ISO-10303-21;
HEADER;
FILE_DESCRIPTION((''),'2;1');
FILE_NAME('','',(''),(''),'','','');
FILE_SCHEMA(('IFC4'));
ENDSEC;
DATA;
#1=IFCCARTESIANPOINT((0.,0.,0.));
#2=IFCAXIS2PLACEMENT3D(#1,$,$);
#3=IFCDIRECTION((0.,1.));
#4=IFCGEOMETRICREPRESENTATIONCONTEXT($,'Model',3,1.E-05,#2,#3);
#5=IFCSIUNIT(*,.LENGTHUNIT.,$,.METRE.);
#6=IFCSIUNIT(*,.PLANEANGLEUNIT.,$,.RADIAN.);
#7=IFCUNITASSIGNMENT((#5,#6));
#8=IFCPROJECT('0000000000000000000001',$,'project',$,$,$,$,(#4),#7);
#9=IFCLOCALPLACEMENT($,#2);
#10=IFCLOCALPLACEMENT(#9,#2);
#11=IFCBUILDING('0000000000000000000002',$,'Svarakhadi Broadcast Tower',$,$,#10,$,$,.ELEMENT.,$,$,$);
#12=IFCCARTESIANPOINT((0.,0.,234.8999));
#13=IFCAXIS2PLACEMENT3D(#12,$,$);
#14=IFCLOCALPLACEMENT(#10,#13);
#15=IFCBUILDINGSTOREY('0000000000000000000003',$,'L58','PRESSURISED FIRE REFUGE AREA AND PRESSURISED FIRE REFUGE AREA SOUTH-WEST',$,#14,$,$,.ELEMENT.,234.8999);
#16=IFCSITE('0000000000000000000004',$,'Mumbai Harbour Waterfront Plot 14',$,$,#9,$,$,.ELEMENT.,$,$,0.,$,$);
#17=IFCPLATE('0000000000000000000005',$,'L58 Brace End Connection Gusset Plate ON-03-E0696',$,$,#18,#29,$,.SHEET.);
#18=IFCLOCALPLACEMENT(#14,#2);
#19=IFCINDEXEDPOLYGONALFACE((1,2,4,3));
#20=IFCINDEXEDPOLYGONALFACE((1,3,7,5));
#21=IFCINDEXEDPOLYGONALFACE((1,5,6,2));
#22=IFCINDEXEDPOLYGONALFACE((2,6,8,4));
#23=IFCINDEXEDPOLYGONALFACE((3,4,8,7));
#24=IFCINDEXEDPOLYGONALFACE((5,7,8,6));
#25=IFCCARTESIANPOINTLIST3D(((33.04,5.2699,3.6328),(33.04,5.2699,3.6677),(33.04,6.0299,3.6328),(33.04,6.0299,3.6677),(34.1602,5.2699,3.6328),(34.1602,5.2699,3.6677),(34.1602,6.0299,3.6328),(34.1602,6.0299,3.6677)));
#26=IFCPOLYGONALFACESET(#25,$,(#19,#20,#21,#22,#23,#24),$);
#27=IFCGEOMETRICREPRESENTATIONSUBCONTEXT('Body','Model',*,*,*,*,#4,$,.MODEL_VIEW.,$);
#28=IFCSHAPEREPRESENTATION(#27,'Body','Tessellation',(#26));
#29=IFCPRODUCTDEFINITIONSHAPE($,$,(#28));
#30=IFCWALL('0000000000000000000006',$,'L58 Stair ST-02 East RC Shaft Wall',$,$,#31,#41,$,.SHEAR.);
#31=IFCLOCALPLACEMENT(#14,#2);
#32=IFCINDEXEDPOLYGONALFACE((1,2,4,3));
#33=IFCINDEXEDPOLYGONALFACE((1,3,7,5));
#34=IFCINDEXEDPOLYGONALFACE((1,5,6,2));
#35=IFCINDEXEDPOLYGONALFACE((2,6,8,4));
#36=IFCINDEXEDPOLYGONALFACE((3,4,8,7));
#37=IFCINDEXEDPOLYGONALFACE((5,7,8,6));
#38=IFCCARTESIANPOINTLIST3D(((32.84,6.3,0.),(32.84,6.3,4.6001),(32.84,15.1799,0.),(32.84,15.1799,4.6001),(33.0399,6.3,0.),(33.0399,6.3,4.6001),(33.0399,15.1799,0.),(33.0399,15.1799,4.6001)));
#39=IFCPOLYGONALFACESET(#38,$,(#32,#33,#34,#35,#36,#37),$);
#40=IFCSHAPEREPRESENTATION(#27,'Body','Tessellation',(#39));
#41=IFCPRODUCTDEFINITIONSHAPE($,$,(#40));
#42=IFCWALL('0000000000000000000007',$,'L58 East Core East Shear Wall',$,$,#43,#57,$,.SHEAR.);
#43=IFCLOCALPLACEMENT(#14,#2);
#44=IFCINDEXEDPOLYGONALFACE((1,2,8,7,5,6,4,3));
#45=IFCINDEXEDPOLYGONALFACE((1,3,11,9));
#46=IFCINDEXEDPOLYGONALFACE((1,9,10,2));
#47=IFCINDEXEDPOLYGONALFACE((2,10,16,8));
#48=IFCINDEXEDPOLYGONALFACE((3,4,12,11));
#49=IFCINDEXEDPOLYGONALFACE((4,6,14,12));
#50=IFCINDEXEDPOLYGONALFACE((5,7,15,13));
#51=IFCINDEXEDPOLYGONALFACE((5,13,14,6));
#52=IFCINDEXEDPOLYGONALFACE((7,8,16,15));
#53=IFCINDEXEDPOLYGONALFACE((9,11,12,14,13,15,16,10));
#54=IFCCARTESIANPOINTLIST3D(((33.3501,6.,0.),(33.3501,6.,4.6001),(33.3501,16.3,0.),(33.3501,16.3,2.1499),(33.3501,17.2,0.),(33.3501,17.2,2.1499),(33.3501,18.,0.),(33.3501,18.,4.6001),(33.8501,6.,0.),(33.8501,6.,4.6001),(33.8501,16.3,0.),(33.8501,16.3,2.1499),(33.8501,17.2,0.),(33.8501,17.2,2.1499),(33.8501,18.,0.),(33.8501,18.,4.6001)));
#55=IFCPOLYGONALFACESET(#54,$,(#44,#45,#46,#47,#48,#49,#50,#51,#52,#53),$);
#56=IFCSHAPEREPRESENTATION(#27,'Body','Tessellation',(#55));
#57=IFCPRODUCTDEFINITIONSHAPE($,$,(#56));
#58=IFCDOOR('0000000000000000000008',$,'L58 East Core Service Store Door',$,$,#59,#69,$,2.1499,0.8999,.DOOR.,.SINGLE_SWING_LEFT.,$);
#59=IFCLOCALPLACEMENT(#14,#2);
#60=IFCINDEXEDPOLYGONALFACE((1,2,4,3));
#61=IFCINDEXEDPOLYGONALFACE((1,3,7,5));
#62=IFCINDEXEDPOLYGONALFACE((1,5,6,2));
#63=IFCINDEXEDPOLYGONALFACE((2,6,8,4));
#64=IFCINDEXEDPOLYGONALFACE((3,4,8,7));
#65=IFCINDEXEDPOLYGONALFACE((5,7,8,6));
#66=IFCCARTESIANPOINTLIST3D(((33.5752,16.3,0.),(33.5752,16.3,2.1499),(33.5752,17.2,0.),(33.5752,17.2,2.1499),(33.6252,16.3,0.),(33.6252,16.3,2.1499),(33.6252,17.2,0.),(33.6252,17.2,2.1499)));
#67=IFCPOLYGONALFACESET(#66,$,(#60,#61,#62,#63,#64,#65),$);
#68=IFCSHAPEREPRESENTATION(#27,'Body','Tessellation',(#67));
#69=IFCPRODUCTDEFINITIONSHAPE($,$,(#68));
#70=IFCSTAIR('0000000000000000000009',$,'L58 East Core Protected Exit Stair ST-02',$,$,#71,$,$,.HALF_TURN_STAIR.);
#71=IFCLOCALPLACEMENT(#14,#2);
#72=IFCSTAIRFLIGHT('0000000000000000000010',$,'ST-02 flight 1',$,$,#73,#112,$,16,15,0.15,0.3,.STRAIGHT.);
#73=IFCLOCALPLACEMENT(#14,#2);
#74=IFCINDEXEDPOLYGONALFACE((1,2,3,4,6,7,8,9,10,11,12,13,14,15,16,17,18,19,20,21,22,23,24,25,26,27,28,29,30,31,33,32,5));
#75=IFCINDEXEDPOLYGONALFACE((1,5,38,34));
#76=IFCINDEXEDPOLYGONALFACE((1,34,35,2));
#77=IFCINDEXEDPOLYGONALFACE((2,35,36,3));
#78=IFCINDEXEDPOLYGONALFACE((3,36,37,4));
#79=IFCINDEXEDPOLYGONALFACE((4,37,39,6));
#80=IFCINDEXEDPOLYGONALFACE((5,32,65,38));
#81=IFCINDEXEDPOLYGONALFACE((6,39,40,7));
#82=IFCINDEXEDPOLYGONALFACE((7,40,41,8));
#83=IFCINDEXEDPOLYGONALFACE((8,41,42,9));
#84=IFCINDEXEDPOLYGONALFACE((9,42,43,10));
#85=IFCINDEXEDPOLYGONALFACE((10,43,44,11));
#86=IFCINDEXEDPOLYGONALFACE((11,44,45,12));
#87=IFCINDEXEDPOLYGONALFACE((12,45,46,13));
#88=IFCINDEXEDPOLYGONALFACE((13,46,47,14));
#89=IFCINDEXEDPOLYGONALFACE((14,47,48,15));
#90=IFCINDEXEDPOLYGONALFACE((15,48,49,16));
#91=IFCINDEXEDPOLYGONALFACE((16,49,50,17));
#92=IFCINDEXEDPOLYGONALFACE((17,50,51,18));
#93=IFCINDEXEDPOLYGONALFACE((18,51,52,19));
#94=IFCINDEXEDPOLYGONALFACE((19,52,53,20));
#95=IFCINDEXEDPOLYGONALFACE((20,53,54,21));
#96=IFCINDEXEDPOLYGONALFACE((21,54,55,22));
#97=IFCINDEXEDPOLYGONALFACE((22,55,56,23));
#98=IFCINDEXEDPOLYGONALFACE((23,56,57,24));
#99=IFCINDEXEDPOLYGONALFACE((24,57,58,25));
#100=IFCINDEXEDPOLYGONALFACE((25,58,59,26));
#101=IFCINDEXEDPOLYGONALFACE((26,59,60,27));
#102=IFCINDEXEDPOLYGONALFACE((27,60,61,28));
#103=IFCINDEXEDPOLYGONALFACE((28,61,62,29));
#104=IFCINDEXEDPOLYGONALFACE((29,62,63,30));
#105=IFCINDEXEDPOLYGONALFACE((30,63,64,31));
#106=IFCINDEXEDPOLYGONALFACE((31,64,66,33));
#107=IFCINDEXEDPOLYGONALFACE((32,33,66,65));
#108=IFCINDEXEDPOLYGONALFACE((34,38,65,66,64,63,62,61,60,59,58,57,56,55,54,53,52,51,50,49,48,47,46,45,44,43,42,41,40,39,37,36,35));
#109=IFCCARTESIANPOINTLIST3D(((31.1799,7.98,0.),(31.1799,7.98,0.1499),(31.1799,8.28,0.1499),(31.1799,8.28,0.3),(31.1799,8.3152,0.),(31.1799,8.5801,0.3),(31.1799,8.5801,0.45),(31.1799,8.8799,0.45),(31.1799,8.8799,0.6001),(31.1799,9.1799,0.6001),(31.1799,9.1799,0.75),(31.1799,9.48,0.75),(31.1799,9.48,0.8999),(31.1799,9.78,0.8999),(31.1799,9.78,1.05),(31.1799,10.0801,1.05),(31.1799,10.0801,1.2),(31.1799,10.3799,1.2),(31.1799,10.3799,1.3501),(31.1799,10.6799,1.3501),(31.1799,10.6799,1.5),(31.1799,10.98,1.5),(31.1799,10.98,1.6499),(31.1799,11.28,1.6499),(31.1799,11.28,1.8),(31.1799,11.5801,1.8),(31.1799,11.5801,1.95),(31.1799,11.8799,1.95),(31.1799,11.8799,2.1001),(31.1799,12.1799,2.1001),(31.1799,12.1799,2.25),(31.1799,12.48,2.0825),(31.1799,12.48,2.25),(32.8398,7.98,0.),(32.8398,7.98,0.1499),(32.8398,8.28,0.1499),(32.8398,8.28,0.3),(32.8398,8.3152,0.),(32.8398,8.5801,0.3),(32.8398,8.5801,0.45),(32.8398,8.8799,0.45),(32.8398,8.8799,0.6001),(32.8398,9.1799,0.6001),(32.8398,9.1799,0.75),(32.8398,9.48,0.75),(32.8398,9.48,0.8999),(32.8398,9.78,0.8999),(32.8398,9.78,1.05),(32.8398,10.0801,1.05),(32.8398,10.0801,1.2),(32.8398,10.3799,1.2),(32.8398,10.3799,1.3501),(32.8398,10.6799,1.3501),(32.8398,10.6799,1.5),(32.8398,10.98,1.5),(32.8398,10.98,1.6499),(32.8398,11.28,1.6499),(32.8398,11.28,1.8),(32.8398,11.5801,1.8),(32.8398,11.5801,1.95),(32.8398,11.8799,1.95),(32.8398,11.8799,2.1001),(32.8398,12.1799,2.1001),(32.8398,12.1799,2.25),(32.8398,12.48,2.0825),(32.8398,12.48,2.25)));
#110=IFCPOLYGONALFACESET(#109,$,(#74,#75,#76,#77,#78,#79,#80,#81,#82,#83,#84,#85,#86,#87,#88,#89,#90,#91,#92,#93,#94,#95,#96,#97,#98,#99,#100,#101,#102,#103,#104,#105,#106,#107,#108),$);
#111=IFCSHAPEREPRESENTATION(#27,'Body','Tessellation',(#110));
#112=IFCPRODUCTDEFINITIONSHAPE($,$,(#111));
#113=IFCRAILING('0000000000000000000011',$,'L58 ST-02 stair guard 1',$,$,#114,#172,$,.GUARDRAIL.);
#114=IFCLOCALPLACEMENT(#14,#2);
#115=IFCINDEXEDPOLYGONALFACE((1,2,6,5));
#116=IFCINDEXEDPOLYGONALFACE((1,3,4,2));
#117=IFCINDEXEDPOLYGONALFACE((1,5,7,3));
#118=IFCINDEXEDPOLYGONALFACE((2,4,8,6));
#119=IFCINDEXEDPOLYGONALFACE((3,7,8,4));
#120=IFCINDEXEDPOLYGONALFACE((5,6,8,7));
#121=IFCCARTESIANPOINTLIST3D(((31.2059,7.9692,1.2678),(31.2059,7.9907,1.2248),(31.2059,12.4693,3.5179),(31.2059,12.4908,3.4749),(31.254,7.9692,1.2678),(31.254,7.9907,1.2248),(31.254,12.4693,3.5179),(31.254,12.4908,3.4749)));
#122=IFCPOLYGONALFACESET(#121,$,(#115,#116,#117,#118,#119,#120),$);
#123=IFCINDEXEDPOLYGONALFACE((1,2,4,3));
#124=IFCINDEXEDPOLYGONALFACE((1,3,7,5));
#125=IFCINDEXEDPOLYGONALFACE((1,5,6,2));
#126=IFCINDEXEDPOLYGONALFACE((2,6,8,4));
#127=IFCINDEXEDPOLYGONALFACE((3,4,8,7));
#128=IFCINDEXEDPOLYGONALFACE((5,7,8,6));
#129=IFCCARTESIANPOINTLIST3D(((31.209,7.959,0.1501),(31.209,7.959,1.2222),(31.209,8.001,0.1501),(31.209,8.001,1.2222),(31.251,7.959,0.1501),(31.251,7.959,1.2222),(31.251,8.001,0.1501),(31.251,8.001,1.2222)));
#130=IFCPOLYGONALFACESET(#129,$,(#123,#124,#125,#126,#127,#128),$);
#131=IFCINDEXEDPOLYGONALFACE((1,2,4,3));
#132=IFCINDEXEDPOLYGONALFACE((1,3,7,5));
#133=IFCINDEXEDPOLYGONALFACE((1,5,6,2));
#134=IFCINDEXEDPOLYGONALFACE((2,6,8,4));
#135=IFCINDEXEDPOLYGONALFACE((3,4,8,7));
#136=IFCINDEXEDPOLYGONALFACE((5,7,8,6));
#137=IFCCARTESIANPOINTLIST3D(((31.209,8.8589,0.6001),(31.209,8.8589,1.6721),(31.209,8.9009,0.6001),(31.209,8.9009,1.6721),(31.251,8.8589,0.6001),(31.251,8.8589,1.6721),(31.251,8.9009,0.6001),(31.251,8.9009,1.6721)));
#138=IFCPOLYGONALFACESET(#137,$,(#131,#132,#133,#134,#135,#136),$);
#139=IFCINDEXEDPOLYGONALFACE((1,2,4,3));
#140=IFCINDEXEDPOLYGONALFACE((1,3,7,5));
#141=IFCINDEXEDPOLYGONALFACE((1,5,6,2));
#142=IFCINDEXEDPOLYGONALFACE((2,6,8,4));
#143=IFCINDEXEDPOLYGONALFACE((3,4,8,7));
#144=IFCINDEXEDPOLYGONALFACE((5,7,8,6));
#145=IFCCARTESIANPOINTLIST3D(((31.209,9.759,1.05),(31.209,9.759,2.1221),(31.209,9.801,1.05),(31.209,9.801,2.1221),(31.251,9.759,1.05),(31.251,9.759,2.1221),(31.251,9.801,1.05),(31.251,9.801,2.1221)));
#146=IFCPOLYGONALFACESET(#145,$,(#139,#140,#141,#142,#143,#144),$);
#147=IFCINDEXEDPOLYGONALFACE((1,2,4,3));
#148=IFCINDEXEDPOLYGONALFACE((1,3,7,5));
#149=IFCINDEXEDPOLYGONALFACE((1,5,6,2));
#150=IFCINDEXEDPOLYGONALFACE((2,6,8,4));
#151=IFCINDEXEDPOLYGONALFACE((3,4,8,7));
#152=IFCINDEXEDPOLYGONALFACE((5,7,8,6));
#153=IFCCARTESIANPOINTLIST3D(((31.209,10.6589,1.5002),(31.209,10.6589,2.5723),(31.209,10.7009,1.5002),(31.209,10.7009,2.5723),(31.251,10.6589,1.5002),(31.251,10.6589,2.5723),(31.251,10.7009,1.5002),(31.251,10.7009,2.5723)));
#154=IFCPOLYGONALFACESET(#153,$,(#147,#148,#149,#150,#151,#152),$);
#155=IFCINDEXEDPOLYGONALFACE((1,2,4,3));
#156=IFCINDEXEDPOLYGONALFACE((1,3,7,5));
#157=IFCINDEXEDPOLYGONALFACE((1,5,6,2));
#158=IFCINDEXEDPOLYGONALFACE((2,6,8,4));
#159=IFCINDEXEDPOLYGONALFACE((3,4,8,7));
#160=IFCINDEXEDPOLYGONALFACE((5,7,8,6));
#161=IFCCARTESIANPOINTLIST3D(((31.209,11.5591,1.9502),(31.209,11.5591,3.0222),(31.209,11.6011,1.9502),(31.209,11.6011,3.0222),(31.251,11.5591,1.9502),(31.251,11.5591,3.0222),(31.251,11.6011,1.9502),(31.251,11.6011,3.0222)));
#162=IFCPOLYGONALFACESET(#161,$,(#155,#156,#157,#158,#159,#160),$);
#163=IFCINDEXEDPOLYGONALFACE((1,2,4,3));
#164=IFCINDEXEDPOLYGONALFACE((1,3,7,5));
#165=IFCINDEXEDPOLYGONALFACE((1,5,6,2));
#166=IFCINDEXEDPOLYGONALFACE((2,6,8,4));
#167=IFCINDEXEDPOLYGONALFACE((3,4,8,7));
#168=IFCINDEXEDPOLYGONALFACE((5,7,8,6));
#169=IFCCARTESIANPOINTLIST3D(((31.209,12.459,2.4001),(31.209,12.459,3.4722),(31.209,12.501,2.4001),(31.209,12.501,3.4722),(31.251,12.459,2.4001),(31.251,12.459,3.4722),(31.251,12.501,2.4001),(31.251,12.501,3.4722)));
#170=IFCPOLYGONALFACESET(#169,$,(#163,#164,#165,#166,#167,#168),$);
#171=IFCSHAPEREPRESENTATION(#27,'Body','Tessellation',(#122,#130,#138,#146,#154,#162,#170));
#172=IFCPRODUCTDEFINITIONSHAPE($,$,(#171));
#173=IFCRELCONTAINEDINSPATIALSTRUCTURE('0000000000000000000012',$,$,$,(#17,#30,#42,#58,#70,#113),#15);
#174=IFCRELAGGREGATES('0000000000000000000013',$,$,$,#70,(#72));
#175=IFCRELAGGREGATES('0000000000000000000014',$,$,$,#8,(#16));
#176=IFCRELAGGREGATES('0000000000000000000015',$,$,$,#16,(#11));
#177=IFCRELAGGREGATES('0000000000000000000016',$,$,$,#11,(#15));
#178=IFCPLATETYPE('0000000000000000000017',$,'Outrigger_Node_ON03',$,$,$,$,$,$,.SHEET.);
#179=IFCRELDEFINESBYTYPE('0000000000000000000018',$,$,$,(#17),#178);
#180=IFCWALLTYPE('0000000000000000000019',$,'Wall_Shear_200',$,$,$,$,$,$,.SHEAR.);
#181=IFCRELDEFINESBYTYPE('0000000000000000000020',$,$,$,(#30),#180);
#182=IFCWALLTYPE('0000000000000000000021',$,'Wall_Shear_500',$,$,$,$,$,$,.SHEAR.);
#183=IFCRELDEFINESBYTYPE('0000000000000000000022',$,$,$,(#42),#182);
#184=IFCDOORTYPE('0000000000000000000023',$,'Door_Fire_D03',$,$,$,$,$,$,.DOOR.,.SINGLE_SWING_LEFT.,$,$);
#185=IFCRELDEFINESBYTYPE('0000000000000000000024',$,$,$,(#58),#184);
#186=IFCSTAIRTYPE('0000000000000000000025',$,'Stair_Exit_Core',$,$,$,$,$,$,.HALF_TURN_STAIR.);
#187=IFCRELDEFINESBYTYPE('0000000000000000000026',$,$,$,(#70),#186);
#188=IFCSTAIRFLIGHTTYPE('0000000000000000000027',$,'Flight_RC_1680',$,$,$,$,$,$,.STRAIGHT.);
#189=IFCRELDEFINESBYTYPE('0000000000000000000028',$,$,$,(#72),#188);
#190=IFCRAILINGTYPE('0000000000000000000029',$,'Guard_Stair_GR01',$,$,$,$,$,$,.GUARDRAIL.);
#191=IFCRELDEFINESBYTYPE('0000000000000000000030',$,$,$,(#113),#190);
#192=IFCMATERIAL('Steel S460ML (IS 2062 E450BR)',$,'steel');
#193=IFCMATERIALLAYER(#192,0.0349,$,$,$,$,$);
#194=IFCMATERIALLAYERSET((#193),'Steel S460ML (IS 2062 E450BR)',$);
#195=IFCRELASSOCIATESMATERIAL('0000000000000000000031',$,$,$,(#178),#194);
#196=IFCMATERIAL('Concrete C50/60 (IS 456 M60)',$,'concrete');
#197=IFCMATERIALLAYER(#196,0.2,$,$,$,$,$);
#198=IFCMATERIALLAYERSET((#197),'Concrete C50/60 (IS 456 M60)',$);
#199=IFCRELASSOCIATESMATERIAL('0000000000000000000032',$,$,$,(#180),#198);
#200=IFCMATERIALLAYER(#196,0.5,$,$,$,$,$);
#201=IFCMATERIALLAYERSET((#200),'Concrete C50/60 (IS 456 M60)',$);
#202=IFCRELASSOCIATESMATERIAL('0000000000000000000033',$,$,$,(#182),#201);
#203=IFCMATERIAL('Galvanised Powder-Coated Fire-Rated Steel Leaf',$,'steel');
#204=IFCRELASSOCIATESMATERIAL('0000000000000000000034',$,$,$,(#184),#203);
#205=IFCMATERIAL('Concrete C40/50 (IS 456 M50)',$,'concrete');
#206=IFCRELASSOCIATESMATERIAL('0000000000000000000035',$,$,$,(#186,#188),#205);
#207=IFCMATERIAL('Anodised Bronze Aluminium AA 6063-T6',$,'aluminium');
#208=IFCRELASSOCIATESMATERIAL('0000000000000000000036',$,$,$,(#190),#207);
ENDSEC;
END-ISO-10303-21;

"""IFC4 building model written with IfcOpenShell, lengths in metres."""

from ifc_helpers import new_model, si_unit, direction, frame, frame_2d, origin, origin_2d, place, context, subcontext, project, spatial, polyline, rectangle, outline, extrude, material, layer, layer_set, type_object, element, fill, aggregate, save


model = new_model("IFC4")

# Units and contexts
model_context = context("Model", 3, precision=1e-05, world=origin(), true_north=direction((0.0, 1.0)))
body_context = subcontext(model_context, "Body", "Model", "MODEL_VIEW")
ifc_project = project(units=[si_unit("LENGTHUNIT", "METRE"), si_unit("PLANEANGLEUNIT", "RADIAN")], contexts=[model_context])

# Site, building, storey
site_placement = place(None, origin())
site = spatial("IfcSite", under=ifc_project, at=site_placement, Name="Mumbai Harbour Waterfront Plot 14", CompositionType="ELEMENT", RefElevation=0.0)
building_placement = place(site_placement, origin())
building = spatial("IfcBuilding", under=site, at=building_placement, Name="Svarakhadi Broadcast Tower", CompositionType="ELEMENT")
storey_placement = place(building_placement, frame((0.0, 0.0, 234.8999)))
storey = spatial("IfcBuildingStorey", under=building, at=storey_placement, Name="L58", Description="PRESSURISED FIRE REFUGE AREA AND PRESSURISED FIRE REFUGE AREA SOUTH-WEST", CompositionType="ELEMENT", Elevation=234.8999)

# Shared definitions
ifc_material_1 = material(Name="Concrete C50/60 (IS 456 M60)", Category="concrete")

# Shared definitions
ifc_material_2 = material(Name="Steel S460ML (IS 2062 E450BR)", Category="steel")

# Plate
ifc_layer_1 = layer(ifc_material_2, 0.0349)
ifc_layer_set_1 = layer_set([ifc_layer_1], Name="Steel S460ML (IS 2062 E450BR)")
plate_type_1 = type_object("IfcPlateType", Name="Outrigger_Node_ON03", PredefinedType="SHEET", material=ifc_layer_set_1)
for number, where, z_axis, x_axis, name in (
    (1, (33.6001, 5.6499, 3.6328), (0.0, 0.0, 1.0), (1.0, 0.0, 0.0), "L58 Brace End Connection Gusset Plate ON-03-E0696"),
):
    element("IfcPlate", number, at=place(storey_placement, frame(where, z_axis=z_axis, x_axis=x_axis)), inside=storey, type_object=plate_type_1, Name=name, PredefinedType="SHEET", context=body_context, shape_type="SweptSolid", body=[
        extrude(rectangle(XDim=1.1201, YDim=0.76, at=origin_2d()), origin(), (0.0, 0.0, 1.0), 0.0349),
    ])

# Wall
ifc_layer_2 = layer(ifc_material_1, 0.2)
ifc_layer_set_2 = layer_set([ifc_layer_2], Name="Concrete C50/60 (IS 456 M60)")
wall_type_1 = type_object("IfcWallType", Name="Wall_Shear_200", PredefinedType="SHEAR", material=ifc_layer_set_2)
wall_1_placement = place(storey_placement, frame((32.9399, 6.3, 0.0), z_axis=(0.0, 0.0, 1.0), x_axis=(0.0, 1.0, 0.0)))
element("IfcWall", 2, at=wall_1_placement, inside=storey, type_object=wall_type_1, Name="L58 Stair ST-02 East RC Shaft Wall", PredefinedType="SHEAR", context=body_context, shape_type="SweptSolid", body=[
    extrude(rectangle(XDim=8.8799, YDim=0.2, at=frame_2d((4.4399, 0.0))), origin(), (0.0, 0.0, 1.0), 4.6001),
])

# Wall, opening, door
ifc_layer_3 = layer(ifc_material_1, 0.5)
ifc_layer_set_3 = layer_set([ifc_layer_3], Name="Concrete C50/60 (IS 456 M60)")
wall_type_2 = type_object("IfcWallType", Name="Wall_Shear_500", PredefinedType="SHEAR", material=ifc_layer_set_3)
wall_2_placement = place(storey_placement, frame((33.6001, 6.0, 0.0), z_axis=(0.0, 0.0, 1.0), x_axis=(0.0, 1.0, 0.0)))
wall_2 = element("IfcWall", 3, at=wall_2_placement, inside=storey, type_object=wall_type_2, Name="L58 East Core East Shear Wall", PredefinedType="SHEAR", context=body_context, shape_type="SweptSolid", body=[
    extrude(rectangle(XDim=12.0, YDim=0.5, at=frame_2d((6.0, 0.0))), origin(), (0.0, 0.0, 1.0), 4.6001),
])
opening_placement = place(wall_2_placement, frame((10.3, 0.0, 0.0)))
opening = element("IfcOpeningElement", 4, at=opening_placement, cuts=wall_2, PredefinedType="OPENING", context=body_context, shape_type="SweptSolid", body=[
    extrude(rectangle(XDim=0.8999, YDim=2.1499, at=frame_2d((0.45, 1.075))), frame((0.0, 0.26, 0.0), z_axis=(0.0, -1.0, 0.0), x_axis=(1.0, 0.0, 0.0)), (0.0, 0.0, 1.0), 0.52),
])
ifc_material_3 = material(Name="Galvanised Powder-Coated Fire-Rated Steel Leaf", Category="steel")
door_type = type_object("IfcDoorType", Name="Door_Fire_D03", OperationType="SINGLE_SWING_LEFT", PredefinedType="DOOR", material=ifc_material_3)
door_placement = place(opening_placement, origin())
door = element("IfcDoor", 5, at=door_placement, inside=storey, type_object=door_type, Name="L58 East Core Service Store Door", OperationType="SINGLE_SWING_LEFT", OverallHeight=2.1499, OverallWidth=0.8999, PredefinedType="DOOR", context=body_context, shape_type="SweptSolid", body=[
    extrude(rectangle(XDim=0.8999, YDim=2.1499, at=frame_2d((0.45, 1.075))), frame((0.0, 0.0249, 0.0), z_axis=(0.0, -1.0, 0.0), x_axis=(1.0, 0.0, 0.0)), (0.0, 0.0, 1.0), 0.05),
])
fill(opening, door)

# Stair, stair flight
ifc_material_4 = material(Name="Concrete C40/50 (IS 456 M50)", Category="concrete")
stair_type = type_object("IfcStairType", Name="Stair_Exit_Core", PredefinedType="HALF_TURN_STAIR", material=ifc_material_4)
stair_placement = place(storey_placement, origin())
stair = element("IfcStair", 6, at=stair_placement, inside=storey, type_object=stair_type, Name="L58 East Core Protected Exit Stair ST-02", PredefinedType="HALF_TURN_STAIR")
stair_flight_type = type_object("IfcStairFlightType", Name="Flight_RC_1680", PredefinedType="STRAIGHT", material=ifc_material_4)
stair_flight_placement = place(storey_placement, frame((32.01, 7.98, 0.0), z_axis=(0.0, 0.0, 1.0), x_axis=(0.0, 1.0, 0.0)))
stair_flight = element("IfcStairFlight", 7, at=stair_flight_placement, type_object=stair_flight_type, Name="ST-02 flight 1", NumberOfRisers=16, NumberOfTreads=15, PredefinedType="STRAIGHT", RiserHeight=0.15, TreadLength=0.3, context=body_context, shape_type="SweptSolid", body=[
    extrude(outline(polyline([(0.0, 0.0), (0.0, 0.1499), (0.3, 0.1499), (0.3, 0.3), (0.6001, 0.3), (0.6001, 0.45), (0.8999, 0.45), (0.8999, 0.6001), (1.2, 0.6001), (1.2, 0.75), (1.5, 0.75), (1.5, 0.8999), (1.8, 0.8999), (1.8, 1.05), (2.1001, 1.05), (2.1001, 1.2), (2.3999, 1.2), (2.3999, 1.3501), (2.7, 1.3501), (2.7, 1.5), (3.0, 1.5), (3.0, 1.6499), (3.3, 1.6499), (3.3, 1.8), (3.6001, 1.8), (3.6001, 1.95), (3.8999, 1.95), (3.8999, 2.1001), (4.2, 2.1001), (4.2, 2.25), (4.5, 2.25), (4.5, 2.3999), (4.5, 2.0825), (0.3352, 0.0), (0.0, 0.0)])), frame((0.0, 0.8301, 0.0), z_axis=(0.0, -1.0, 0.0), x_axis=(1.0, 0.0, 0.0)), (0.0, 0.0, 1.0), 1.6599),
])
aggregate(stair, [stair_flight])

# Railing
ifc_material_5 = material(Name="Anodised Bronze Aluminium AA 6063-T6", Category="aluminium")
railing_type_1 = type_object("IfcRailingType", Name="Guard_Stair_GR01", PredefinedType="GUARDRAIL", material=ifc_material_5)
railing_1_placement = place(storey_placement, frame((31.23, 7.98, 0.1501)))
element("IfcRailing", 8, at=railing_1_placement, inside=storey, type_object=railing_type_1, Name="L58 ST-02 stair guard 1", PredefinedType="GUARDRAIL", context=body_context, shape_type="SweptSolid", body=[
    extrude(rectangle(XDim=0.0481, YDim=0.0481, at=origin_2d()), frame((0.0, 0.0, 1.0962), z_axis=(0.0, 0.894427, 0.447214), x_axis=(-1.0, 0.0, 0.0)), (0.0, 0.0, 1.0), 5.0312),
    extrude(rectangle(XDim=0.042, YDim=0.042, at=origin_2d()), origin(), (0.0, 0.0, 1.0), 1.072),
    extrude(rectangle(XDim=0.042, YDim=0.042, at=origin_2d()), frame((0.0, 0.8999, 0.45)), (0.0, 0.0, 1.0), 1.072),
    extrude(rectangle(XDim=0.042, YDim=0.042, at=origin_2d()), frame((0.0, 1.8, 0.8999)), (0.0, 0.0, 1.0), 1.072),
    extrude(rectangle(XDim=0.042, YDim=0.042, at=origin_2d()), frame((0.0, 2.7, 1.3501)), (0.0, 0.0, 1.0), 1.072),
    extrude(rectangle(XDim=0.042, YDim=0.042, at=origin_2d()), frame((0.0, 3.6001, 1.8)), (0.0, 0.0, 1.0), 1.072),
    extrude(rectangle(XDim=0.042, YDim=0.042, at=origin_2d()), frame((0.0, 4.5, 2.25)), (0.0, 0.0, 1.0), 1.072),
])

save(model, "model.ifc")
